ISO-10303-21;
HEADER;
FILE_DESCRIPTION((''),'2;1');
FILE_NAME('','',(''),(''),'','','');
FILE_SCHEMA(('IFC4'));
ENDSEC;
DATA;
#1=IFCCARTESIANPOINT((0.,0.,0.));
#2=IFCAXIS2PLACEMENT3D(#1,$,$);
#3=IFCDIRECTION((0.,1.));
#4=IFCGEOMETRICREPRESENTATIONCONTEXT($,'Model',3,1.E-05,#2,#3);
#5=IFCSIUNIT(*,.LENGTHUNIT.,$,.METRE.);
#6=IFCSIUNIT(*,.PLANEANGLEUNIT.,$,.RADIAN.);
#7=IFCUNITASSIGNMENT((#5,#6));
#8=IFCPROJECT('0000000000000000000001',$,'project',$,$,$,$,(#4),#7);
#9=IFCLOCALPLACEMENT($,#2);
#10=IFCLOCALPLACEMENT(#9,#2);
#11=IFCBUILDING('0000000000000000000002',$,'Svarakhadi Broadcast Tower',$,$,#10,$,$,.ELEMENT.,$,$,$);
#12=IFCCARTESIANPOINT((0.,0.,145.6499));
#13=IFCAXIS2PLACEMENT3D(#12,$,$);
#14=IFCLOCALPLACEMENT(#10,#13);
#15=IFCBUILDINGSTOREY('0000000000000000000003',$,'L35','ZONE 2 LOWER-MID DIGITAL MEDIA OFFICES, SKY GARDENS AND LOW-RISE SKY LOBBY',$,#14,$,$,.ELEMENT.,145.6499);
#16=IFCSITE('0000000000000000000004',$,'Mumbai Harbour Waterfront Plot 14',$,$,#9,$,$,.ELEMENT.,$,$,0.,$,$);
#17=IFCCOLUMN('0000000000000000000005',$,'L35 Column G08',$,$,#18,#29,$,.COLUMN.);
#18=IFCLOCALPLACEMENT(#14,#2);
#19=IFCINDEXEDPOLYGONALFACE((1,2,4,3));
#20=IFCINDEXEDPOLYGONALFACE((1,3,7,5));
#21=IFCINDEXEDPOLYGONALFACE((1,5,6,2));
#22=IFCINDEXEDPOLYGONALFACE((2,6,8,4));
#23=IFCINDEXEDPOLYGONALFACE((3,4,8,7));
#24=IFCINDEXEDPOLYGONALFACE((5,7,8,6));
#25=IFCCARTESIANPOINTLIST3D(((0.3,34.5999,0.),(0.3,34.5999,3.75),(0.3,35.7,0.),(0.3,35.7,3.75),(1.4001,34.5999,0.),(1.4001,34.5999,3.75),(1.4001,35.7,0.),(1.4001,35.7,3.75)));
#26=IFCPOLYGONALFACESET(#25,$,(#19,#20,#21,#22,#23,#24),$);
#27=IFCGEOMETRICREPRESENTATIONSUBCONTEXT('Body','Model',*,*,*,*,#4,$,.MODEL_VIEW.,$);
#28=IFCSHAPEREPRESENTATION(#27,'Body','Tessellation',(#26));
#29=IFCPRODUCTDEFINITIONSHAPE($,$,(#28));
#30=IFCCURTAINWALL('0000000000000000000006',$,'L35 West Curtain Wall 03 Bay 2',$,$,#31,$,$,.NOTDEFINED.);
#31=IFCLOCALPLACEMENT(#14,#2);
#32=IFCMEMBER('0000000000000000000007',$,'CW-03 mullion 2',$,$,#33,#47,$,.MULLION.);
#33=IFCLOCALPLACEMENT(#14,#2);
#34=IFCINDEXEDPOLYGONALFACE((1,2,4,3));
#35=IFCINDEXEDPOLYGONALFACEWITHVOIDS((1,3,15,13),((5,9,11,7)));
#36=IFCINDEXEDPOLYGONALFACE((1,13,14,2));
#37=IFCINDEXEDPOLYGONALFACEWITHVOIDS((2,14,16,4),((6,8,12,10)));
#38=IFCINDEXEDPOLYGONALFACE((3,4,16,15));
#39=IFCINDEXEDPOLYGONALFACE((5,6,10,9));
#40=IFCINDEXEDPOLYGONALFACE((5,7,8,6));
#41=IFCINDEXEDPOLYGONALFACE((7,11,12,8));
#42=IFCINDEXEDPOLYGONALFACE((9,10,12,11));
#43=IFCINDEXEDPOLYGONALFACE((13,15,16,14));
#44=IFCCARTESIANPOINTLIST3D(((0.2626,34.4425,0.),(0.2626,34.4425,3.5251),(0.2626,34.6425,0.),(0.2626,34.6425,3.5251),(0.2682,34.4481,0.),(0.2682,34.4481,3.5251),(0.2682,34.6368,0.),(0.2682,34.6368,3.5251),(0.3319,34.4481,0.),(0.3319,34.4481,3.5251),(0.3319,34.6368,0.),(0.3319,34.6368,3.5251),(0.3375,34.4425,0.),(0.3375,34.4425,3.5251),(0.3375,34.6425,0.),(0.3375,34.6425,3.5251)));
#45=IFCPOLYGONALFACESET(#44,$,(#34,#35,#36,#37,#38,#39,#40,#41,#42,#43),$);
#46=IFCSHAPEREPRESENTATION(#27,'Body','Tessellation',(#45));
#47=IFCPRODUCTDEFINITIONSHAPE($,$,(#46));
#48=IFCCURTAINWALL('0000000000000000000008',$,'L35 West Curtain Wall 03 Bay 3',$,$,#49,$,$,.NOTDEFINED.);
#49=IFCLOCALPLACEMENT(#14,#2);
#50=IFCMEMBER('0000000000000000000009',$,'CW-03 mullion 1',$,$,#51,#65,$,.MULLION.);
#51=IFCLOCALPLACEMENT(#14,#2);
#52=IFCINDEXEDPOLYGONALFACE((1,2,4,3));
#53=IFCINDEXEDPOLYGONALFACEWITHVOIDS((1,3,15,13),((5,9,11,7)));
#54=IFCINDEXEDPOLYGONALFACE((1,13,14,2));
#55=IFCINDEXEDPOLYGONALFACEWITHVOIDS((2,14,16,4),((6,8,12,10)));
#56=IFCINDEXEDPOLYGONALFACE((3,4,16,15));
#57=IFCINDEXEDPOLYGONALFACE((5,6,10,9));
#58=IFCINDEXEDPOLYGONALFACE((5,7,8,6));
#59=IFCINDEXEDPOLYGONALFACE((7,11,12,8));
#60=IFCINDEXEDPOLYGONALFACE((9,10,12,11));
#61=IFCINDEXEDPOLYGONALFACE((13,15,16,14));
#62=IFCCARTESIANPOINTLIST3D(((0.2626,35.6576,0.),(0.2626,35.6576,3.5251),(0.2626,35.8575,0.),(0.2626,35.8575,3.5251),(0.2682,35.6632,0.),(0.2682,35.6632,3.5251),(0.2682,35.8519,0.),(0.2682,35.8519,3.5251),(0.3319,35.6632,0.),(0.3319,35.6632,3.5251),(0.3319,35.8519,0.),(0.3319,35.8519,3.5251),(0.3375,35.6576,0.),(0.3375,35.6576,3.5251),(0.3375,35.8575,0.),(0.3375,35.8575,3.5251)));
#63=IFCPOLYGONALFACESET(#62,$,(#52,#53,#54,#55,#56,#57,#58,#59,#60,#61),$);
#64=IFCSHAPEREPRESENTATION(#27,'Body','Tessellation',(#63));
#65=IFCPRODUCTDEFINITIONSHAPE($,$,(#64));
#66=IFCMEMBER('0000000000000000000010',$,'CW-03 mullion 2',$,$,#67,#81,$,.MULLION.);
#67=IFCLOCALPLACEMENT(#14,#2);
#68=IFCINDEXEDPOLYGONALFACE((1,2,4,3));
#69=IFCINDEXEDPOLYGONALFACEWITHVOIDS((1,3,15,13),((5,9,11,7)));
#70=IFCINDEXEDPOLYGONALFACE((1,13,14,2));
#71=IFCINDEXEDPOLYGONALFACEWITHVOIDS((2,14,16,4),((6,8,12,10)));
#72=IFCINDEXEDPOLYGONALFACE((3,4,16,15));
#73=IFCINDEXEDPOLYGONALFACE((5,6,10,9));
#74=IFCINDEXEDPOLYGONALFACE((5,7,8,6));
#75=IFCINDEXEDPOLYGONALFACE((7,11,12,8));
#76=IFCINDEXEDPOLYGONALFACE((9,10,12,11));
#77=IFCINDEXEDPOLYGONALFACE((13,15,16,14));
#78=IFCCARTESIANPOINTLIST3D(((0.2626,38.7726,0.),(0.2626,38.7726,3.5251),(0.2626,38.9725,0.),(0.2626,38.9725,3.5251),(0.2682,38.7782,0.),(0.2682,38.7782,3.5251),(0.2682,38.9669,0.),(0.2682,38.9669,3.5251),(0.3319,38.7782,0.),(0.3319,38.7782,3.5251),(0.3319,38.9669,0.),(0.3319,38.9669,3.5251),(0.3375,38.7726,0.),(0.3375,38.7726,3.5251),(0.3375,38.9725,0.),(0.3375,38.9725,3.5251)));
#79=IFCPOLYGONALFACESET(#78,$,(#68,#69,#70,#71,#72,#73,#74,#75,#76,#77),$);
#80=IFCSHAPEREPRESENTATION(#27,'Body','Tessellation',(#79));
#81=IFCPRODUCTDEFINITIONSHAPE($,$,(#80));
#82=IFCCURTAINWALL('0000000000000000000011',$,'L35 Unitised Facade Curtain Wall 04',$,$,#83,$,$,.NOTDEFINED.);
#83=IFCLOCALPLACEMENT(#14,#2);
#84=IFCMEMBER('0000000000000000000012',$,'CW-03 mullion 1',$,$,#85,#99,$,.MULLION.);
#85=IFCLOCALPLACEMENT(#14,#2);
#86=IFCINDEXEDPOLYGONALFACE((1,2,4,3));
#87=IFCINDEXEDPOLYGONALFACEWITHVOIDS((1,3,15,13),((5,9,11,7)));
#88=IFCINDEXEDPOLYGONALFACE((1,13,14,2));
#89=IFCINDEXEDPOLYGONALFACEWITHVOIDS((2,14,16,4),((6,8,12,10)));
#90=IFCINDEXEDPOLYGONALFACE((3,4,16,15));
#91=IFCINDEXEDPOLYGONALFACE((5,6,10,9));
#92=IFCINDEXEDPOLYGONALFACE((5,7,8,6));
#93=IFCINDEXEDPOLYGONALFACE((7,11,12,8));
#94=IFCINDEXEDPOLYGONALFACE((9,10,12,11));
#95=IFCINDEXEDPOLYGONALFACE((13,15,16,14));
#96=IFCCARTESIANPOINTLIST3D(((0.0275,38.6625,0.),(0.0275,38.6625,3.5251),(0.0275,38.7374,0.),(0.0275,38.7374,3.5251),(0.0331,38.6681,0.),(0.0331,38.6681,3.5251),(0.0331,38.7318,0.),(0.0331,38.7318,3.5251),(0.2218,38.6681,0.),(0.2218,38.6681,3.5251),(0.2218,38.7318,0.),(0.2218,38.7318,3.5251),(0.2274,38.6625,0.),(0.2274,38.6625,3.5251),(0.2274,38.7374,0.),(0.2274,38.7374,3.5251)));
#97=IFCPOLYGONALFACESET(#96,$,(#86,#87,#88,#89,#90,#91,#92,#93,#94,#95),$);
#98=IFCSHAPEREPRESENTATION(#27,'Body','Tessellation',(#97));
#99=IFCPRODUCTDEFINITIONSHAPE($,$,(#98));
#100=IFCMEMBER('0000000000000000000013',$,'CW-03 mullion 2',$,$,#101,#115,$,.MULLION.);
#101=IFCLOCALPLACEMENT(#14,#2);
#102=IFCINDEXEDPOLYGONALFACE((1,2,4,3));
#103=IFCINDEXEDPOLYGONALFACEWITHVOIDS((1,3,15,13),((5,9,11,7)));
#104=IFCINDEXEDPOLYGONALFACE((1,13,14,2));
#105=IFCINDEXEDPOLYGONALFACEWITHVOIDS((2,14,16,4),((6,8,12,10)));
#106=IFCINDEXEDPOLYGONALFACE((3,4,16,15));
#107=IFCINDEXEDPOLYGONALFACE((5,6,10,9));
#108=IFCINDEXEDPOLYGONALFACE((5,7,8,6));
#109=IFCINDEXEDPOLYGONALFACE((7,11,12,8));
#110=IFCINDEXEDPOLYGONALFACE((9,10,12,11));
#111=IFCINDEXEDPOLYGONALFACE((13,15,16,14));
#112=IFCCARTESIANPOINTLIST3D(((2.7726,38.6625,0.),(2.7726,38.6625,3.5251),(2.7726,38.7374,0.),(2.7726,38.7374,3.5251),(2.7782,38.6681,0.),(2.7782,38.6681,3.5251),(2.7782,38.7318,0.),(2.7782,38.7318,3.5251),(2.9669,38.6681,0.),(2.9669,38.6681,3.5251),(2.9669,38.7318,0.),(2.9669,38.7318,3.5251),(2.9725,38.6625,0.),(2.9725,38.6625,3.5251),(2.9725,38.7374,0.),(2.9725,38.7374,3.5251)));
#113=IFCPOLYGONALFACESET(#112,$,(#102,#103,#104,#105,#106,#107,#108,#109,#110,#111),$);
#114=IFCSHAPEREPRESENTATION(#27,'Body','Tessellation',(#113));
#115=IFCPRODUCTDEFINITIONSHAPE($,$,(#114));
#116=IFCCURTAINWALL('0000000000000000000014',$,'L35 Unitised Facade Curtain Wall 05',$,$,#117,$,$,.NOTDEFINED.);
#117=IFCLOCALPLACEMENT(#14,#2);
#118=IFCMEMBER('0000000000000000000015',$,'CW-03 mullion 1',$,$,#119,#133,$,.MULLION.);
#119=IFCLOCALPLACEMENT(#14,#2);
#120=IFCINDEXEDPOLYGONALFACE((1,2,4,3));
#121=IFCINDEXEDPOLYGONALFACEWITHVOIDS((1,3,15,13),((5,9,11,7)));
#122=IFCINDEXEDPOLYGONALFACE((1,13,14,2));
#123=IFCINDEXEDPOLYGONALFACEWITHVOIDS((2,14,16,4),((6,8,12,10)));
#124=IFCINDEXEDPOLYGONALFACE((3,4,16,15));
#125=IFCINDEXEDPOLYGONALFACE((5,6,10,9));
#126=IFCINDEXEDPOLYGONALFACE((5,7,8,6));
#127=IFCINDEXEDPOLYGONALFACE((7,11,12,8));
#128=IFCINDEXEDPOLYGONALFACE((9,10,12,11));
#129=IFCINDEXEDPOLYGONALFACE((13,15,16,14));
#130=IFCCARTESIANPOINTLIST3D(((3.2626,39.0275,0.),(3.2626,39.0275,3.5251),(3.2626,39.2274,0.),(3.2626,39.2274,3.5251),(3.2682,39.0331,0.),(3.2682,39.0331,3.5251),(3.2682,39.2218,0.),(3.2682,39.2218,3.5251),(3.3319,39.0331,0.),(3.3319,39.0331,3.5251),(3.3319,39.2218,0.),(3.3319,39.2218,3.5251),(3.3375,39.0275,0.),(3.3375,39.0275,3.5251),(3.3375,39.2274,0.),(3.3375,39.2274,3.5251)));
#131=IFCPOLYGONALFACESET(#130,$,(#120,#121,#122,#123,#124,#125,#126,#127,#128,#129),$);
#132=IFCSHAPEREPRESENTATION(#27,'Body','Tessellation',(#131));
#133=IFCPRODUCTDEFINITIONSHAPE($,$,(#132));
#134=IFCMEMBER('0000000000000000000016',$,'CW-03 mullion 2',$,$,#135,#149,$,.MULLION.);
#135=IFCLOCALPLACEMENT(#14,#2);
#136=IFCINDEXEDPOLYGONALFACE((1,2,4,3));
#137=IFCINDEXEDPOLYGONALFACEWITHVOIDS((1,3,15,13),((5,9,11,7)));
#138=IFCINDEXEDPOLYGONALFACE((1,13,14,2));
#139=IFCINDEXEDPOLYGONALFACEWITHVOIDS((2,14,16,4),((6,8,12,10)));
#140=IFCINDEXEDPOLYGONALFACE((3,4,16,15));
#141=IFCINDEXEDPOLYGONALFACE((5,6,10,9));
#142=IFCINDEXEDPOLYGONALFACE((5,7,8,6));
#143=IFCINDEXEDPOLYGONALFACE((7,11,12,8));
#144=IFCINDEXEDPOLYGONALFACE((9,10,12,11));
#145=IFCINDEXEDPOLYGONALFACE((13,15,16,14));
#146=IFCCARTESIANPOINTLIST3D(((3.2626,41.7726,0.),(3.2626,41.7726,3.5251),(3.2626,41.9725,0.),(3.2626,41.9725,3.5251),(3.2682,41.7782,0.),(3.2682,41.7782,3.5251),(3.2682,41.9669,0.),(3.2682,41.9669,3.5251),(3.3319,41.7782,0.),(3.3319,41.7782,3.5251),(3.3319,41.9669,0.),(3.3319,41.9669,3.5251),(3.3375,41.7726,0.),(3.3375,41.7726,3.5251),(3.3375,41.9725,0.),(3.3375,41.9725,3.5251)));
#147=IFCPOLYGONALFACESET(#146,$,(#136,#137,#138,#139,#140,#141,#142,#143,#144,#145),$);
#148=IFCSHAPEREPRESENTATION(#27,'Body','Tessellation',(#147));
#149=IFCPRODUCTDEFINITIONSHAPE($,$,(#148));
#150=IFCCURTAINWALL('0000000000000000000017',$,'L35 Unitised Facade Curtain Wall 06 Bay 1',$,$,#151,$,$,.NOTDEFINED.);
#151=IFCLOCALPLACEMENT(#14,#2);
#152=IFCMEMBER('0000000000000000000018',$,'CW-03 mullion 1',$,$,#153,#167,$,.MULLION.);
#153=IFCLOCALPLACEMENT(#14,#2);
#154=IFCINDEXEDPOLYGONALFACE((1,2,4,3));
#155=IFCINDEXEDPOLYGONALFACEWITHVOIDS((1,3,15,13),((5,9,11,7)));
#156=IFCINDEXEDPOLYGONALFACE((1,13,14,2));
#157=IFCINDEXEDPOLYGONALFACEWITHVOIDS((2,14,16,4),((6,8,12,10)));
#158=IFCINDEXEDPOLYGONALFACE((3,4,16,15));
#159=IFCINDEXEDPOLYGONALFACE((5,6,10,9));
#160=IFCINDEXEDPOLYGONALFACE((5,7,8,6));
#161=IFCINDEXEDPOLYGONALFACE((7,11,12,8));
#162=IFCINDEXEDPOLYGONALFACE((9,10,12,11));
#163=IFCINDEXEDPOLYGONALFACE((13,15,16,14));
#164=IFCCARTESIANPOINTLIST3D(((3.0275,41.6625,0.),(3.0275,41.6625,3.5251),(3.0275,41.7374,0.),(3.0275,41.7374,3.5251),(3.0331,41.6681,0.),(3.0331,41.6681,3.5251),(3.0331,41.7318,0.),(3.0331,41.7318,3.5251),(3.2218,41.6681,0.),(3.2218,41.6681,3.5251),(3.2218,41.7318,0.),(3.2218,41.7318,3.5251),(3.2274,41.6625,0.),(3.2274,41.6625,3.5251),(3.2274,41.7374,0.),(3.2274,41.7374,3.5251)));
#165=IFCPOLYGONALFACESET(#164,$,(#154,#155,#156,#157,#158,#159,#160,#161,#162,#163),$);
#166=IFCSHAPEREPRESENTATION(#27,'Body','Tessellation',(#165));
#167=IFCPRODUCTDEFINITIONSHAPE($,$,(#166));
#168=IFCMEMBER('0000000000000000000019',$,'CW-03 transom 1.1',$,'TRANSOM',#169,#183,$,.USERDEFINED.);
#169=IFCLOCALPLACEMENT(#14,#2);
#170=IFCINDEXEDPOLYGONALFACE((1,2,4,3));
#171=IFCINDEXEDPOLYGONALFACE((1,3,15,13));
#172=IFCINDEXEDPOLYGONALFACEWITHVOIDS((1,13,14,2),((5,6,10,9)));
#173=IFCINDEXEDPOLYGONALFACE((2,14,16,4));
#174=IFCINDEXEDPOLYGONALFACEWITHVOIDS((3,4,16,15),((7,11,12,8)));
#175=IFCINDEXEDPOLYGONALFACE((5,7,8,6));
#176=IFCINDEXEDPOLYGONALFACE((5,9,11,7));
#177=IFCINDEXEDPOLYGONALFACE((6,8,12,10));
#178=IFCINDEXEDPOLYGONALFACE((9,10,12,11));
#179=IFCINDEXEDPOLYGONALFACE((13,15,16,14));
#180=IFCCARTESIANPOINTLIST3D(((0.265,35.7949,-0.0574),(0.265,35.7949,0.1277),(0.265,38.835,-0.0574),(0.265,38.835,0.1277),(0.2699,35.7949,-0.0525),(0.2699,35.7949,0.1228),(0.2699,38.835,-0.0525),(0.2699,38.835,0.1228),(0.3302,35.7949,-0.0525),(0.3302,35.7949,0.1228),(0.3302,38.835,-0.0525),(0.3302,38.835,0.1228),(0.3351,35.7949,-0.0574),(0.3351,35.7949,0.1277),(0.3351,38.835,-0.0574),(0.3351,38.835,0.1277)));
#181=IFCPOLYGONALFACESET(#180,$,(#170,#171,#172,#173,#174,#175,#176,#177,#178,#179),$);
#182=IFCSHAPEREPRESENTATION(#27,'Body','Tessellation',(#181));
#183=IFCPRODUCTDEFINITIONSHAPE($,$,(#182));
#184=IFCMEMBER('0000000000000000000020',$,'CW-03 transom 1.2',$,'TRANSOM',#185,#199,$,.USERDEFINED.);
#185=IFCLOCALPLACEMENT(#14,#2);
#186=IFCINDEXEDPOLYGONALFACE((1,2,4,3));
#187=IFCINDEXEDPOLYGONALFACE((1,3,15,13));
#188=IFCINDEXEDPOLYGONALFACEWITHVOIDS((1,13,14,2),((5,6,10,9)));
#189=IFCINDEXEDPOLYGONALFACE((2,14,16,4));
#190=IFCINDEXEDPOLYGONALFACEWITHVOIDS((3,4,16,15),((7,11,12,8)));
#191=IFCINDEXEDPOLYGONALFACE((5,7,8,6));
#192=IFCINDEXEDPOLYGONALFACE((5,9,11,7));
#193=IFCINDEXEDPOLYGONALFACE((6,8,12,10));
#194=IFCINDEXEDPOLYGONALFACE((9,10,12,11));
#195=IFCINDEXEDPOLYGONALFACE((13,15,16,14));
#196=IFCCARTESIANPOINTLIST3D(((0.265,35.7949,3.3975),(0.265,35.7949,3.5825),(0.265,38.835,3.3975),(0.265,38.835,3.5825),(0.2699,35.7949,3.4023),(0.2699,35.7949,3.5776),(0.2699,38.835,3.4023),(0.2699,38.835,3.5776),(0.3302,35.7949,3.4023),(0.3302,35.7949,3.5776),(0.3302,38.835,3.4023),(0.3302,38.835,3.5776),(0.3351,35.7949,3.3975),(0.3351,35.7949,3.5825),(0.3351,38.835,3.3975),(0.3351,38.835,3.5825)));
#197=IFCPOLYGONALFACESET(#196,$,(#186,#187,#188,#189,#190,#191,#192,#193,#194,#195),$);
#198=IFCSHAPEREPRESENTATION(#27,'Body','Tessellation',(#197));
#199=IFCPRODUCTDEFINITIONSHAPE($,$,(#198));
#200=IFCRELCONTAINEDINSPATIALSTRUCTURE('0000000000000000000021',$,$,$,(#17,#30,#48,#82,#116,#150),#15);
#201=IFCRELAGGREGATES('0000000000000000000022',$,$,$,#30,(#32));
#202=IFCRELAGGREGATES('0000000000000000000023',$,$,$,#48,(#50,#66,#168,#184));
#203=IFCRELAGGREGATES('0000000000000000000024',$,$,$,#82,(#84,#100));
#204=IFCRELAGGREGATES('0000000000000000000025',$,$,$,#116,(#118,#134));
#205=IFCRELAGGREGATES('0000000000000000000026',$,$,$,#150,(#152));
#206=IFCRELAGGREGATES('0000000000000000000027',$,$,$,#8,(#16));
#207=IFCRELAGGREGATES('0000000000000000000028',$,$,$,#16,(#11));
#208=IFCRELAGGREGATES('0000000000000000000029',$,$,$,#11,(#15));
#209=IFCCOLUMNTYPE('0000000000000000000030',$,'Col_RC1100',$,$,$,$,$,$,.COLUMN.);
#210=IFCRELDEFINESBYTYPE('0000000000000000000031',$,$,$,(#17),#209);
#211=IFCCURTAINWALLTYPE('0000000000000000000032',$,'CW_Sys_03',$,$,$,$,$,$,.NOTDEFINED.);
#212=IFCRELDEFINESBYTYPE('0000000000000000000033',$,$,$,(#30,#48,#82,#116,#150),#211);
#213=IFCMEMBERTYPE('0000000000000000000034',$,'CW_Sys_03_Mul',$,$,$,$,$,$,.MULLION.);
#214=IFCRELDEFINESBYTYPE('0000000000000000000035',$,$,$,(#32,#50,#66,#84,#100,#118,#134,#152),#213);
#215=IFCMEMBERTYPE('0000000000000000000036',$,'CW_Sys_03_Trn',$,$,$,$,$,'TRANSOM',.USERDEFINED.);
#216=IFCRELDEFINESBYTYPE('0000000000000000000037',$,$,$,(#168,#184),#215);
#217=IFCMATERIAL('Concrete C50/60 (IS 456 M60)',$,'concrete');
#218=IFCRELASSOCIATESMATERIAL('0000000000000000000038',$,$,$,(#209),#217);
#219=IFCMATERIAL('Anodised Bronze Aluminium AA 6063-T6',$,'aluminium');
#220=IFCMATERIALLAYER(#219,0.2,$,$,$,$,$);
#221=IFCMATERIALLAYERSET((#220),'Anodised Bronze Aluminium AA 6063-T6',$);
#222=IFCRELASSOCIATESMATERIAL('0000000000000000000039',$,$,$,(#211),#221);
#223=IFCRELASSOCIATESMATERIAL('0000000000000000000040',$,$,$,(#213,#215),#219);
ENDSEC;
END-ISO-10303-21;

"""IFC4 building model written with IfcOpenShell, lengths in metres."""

from ifc_helpers import new_model, si_unit, direction, frame, origin, origin_2d, place, context, subcontext, project, spatial, rectangle, hollow_rectangle, extrude, material, layer, layer_set, material_profile, profile_set, type_object, element, aggregate, save


model = new_model("IFC4")

# Units and contexts
model_context = context("Model", 3, precision=1e-05, world=origin(), true_north=direction((0.0, 1.0)))
body_context = subcontext(model_context, "Body", "Model", "MODEL_VIEW")
ifc_project = project(units=[si_unit("LENGTHUNIT", "METRE"), si_unit("PLANEANGLEUNIT", "RADIAN")], contexts=[model_context])

# Site, building, storey
site_placement = place(None, origin())
site = spatial("IfcSite", under=ifc_project, at=site_placement, Name="Mumbai Harbour Waterfront Plot 14", CompositionType="ELEMENT", RefElevation=0.0)
building_placement = place(site_placement, origin())
building = spatial("IfcBuilding", under=site, at=building_placement, Name="Svarakhadi Broadcast Tower", CompositionType="ELEMENT")
storey_placement = place(building_placement, frame((0.0, 0.0, 145.6499)))
storey = spatial("IfcBuildingStorey", under=building, at=storey_placement, Name="L35", Description="ZONE 2 LOWER-MID DIGITAL MEDIA OFFICES, SKY GARDENS AND LOW-RISE SKY LOBBY", CompositionType="ELEMENT", Elevation=145.6499)

# Column
ifc_material_1 = material(Name="Concrete C50/60 (IS 456 M60)", Category="concrete")
ifc_material_profile_1 = material_profile(ifc_material_1, rectangle(XDim=1.1001, YDim=1.1001, at=origin_2d()), Name="RC 1100x1100")
ifc_profile_set_1 = profile_set([ifc_material_profile_1], Name="Concrete C50/60 (IS 456 M60)")
column_type = type_object("IfcColumnType", Name="Col_RC1100", PredefinedType="COLUMN", material=ifc_profile_set_1)
column_placement = place(storey_placement, frame((0.8501, 35.1499, 0.0), z_axis=(0.0, 0.0, 1.0), x_axis=(1.0, 0.0, 0.0)))
element("IfcColumn", 1, at=column_placement, inside=storey, type_object=column_type, Name="L35 Column G08", PredefinedType="COLUMN", context=body_context, shape_type="SweptSolid", body=[
    extrude(rectangle(XDim=1.1001, YDim=1.1001, at=origin_2d()), origin(), (0.0, 0.0, 1.0), 3.75),
])

# Curtain wall, member
ifc_material_2 = material(Name="Anodised Bronze Aluminium AA 6063-T6", Category="aluminium")
ifc_layer_1 = layer(ifc_material_2, 0.2)
ifc_layer_set_1 = layer_set([ifc_layer_1], Name="Anodised Bronze Aluminium AA 6063-T6")
curtain_wall_type = type_object("IfcCurtainWallType", Name="CW_Sys_03", PredefinedType="NOTDEFINED", material=ifc_layer_set_1)
curtain_wall_1_placement = place(storey_placement, origin())
curtain_wall_1 = element("IfcCurtainWall", 2, at=curtain_wall_1_placement, inside=storey, type_object=curtain_wall_type, Name="L35 West Curtain Wall 03 Bay 2", PredefinedType="NOTDEFINED")
ifc_material_profile_2 = material_profile(ifc_material_2, hollow_rectangle(XDim=0.075, YDim=0.2, WallThickness=0.0056, at=origin_2d()), Name="ALU MULLION 200x75x6")
ifc_profile_set_2 = profile_set([ifc_material_profile_2], Name="Anodised Bronze Aluminium AA 6063-T6")
member_type_1 = type_object("IfcMemberType", Name="CW_Sys_03_Mul", PredefinedType="MULLION", material=ifc_profile_set_2)
member_1_placement = place(storey_placement, frame((0.3, 34.5425, 0.0), z_axis=(0.0, 0.0, 1.0), x_axis=(-1.0, 0.0, 0.0)))
member_1 = element("IfcMember", 3, at=member_1_placement, type_object=member_type_1, Name="CW-03 mullion 2", PredefinedType="MULLION", context=body_context, shape_type="SweptSolid", body=[
    extrude(hollow_rectangle(XDim=0.075, YDim=0.2, WallThickness=0.0056, at=origin_2d()), origin(), (0.0, 0.0, 1.0), 3.5251),
])
aggregate(curtain_wall_1, [member_1])

# Curtain walls, members
curtain_wall_2_placement = place(storey_placement, origin())
curtain_wall_2 = element("IfcCurtainWall", 4, at=curtain_wall_2_placement, inside=storey, type_object=curtain_wall_type, Name="L35 West Curtain Wall 03 Bay 3", PredefinedType="NOTDEFINED")
member_2_placement = place(storey_placement, frame((0.3, 35.7576, 0.0), z_axis=(0.0, 0.0, 1.0), x_axis=(-1.0, 0.0, 0.0)))
member_2 = element("IfcMember", 5, at=member_2_placement, type_object=member_type_1, Name="CW-03 mullion 1", PredefinedType="MULLION", context=body_context, shape_type="SweptSolid", body=[
    extrude(hollow_rectangle(XDim=0.075, YDim=0.2, WallThickness=0.0056, at=origin_2d()), origin(), (0.0, 0.0, 1.0), 3.5251),
])
member_3_placement = place(storey_placement, frame((0.3, 38.8726, 0.0), z_axis=(0.0, 0.0, 1.0), x_axis=(-1.0, 0.0, 0.0)))
member_3 = element("IfcMember", 6, at=member_3_placement, type_object=member_type_1, Name="CW-03 mullion 2", PredefinedType="MULLION", context=body_context, shape_type="SweptSolid", body=[
    extrude(hollow_rectangle(XDim=0.075, YDim=0.2, WallThickness=0.0056, at=origin_2d()), origin(), (0.0, 0.0, 1.0), 3.5251),
])
curtain_wall_3_placement = place(storey_placement, origin())
curtain_wall_3 = element("IfcCurtainWall", 7, at=curtain_wall_3_placement, inside=storey, type_object=curtain_wall_type, Name="L35 Unitised Facade Curtain Wall 04", PredefinedType="NOTDEFINED")
member_4_placement = place(storey_placement, frame((0.1274, 38.7, 0.0), z_axis=(0.0, 0.0, 1.0), x_axis=(0.0, 1.0, 0.0)))
member_4 = element("IfcMember", 8, at=member_4_placement, type_object=member_type_1, Name="CW-03 mullion 1", PredefinedType="MULLION", context=body_context, shape_type="SweptSolid", body=[
    extrude(hollow_rectangle(XDim=0.075, YDim=0.2, WallThickness=0.0056, at=origin_2d()), origin(), (0.0, 0.0, 1.0), 3.5251),
])
member_5_placement = place(storey_placement, frame((2.8726, 38.7, 0.0), z_axis=(0.0, 0.0, 1.0), x_axis=(0.0, 1.0, 0.0)))
member_5 = element("IfcMember", 9, at=member_5_placement, type_object=member_type_1, Name="CW-03 mullion 2", PredefinedType="MULLION", context=body_context, shape_type="SweptSolid", body=[
    extrude(hollow_rectangle(XDim=0.075, YDim=0.2, WallThickness=0.0056, at=origin_2d()), origin(), (0.0, 0.0, 1.0), 3.5251),
])
curtain_wall_4_placement = place(storey_placement, origin())
curtain_wall_4 = element("IfcCurtainWall", 10, at=curtain_wall_4_placement, inside=storey, type_object=curtain_wall_type, Name="L35 Unitised Facade Curtain Wall 05", PredefinedType="NOTDEFINED")
member_6_placement = place(storey_placement, frame((3.3, 39.1274, 0.0), z_axis=(0.0, 0.0, 1.0), x_axis=(-1.0, 0.0, 0.0)))
member_6 = element("IfcMember", 11, at=member_6_placement, type_object=member_type_1, Name="CW-03 mullion 1", PredefinedType="MULLION", context=body_context, shape_type="SweptSolid", body=[
    extrude(hollow_rectangle(XDim=0.075, YDim=0.2, WallThickness=0.0056, at=origin_2d()), origin(), (0.0, 0.0, 1.0), 3.5251),
])
member_7_placement = place(storey_placement, frame((3.3, 41.8726, 0.0), z_axis=(0.0, 0.0, 1.0), x_axis=(-1.0, 0.0, 0.0)))
member_7 = element("IfcMember", 12, at=member_7_placement, type_object=member_type_1, Name="CW-03 mullion 2", PredefinedType="MULLION", context=body_context, shape_type="SweptSolid", body=[
    extrude(hollow_rectangle(XDim=0.075, YDim=0.2, WallThickness=0.0056, at=origin_2d()), origin(), (0.0, 0.0, 1.0), 3.5251),
])

# Curtain wall, member
curtain_wall_5_placement = place(storey_placement, origin())
curtain_wall_5 = element("IfcCurtainWall", 13, at=curtain_wall_5_placement, inside=storey, type_object=curtain_wall_type, Name="L35 Unitised Facade Curtain Wall 06 Bay 1", PredefinedType="NOTDEFINED")
member_8_placement = place(storey_placement, frame((3.1274, 41.7, 0.0), z_axis=(0.0, 0.0, 1.0), x_axis=(0.0, 1.0, 0.0)))
member_8 = element("IfcMember", 14, at=member_8_placement, type_object=member_type_1, Name="CW-03 mullion 1", PredefinedType="MULLION", context=body_context, shape_type="SweptSolid", body=[
    extrude(hollow_rectangle(XDim=0.075, YDim=0.2, WallThickness=0.0056, at=origin_2d()), origin(), (0.0, 0.0, 1.0), 3.5251),
])

# Members
ifc_material_profile_3 = material_profile(ifc_material_2, hollow_rectangle(XDim=0.0701, YDim=0.1851, WallThickness=0.0049, at=origin_2d()), Name="ALU TRANSOM 185x70x5")
ifc_profile_set_3 = profile_set([ifc_material_profile_3], Name="Anodised Bronze Aluminium AA 6063-T6")
member_type_2 = type_object("IfcMemberType", Name="CW_Sys_03_Trn", ElementType="TRANSOM", PredefinedType="USERDEFINED", material=ifc_profile_set_3)
member_9_placement = place(storey_placement, frame((0.3, 35.7949, 0.0352), z_axis=(0.0, 1.0, 0.0), x_axis=(-1.0, 0.0, 0.0)))
member_9 = element("IfcMember", 15, at=member_9_placement, type_object=member_type_2, Name="CW-03 transom 1.1", ObjectType="TRANSOM", PredefinedType="USERDEFINED", context=body_context, shape_type="SweptSolid", body=[
    extrude(hollow_rectangle(XDim=0.0701, YDim=0.1851, WallThickness=0.0049, at=origin_2d()), origin(), (0.0, 0.0, 1.0), 3.04),
])
member_10_placement = place(storey_placement, frame((0.3, 35.7949, 3.49), z_axis=(0.0, 1.0, 0.0), x_axis=(-1.0, 0.0, 0.0)))
member_10 = element("IfcMember", 16, at=member_10_placement, type_object=member_type_2, Name="CW-03 transom 1.2", ObjectType="TRANSOM", PredefinedType="USERDEFINED", context=body_context, shape_type="SweptSolid", body=[
    extrude(hollow_rectangle(XDim=0.0701, YDim=0.1851, WallThickness=0.0049, at=origin_2d()), origin(), (0.0, 0.0, 1.0), 3.04),
])

aggregate(curtain_wall_2, [member_2, member_3, member_9, member_10])
aggregate(curtain_wall_3, [member_4, member_5])
aggregate(curtain_wall_4, [member_6, member_7])
aggregate(curtain_wall_5, [member_8])

save(model, "model.ifc")
